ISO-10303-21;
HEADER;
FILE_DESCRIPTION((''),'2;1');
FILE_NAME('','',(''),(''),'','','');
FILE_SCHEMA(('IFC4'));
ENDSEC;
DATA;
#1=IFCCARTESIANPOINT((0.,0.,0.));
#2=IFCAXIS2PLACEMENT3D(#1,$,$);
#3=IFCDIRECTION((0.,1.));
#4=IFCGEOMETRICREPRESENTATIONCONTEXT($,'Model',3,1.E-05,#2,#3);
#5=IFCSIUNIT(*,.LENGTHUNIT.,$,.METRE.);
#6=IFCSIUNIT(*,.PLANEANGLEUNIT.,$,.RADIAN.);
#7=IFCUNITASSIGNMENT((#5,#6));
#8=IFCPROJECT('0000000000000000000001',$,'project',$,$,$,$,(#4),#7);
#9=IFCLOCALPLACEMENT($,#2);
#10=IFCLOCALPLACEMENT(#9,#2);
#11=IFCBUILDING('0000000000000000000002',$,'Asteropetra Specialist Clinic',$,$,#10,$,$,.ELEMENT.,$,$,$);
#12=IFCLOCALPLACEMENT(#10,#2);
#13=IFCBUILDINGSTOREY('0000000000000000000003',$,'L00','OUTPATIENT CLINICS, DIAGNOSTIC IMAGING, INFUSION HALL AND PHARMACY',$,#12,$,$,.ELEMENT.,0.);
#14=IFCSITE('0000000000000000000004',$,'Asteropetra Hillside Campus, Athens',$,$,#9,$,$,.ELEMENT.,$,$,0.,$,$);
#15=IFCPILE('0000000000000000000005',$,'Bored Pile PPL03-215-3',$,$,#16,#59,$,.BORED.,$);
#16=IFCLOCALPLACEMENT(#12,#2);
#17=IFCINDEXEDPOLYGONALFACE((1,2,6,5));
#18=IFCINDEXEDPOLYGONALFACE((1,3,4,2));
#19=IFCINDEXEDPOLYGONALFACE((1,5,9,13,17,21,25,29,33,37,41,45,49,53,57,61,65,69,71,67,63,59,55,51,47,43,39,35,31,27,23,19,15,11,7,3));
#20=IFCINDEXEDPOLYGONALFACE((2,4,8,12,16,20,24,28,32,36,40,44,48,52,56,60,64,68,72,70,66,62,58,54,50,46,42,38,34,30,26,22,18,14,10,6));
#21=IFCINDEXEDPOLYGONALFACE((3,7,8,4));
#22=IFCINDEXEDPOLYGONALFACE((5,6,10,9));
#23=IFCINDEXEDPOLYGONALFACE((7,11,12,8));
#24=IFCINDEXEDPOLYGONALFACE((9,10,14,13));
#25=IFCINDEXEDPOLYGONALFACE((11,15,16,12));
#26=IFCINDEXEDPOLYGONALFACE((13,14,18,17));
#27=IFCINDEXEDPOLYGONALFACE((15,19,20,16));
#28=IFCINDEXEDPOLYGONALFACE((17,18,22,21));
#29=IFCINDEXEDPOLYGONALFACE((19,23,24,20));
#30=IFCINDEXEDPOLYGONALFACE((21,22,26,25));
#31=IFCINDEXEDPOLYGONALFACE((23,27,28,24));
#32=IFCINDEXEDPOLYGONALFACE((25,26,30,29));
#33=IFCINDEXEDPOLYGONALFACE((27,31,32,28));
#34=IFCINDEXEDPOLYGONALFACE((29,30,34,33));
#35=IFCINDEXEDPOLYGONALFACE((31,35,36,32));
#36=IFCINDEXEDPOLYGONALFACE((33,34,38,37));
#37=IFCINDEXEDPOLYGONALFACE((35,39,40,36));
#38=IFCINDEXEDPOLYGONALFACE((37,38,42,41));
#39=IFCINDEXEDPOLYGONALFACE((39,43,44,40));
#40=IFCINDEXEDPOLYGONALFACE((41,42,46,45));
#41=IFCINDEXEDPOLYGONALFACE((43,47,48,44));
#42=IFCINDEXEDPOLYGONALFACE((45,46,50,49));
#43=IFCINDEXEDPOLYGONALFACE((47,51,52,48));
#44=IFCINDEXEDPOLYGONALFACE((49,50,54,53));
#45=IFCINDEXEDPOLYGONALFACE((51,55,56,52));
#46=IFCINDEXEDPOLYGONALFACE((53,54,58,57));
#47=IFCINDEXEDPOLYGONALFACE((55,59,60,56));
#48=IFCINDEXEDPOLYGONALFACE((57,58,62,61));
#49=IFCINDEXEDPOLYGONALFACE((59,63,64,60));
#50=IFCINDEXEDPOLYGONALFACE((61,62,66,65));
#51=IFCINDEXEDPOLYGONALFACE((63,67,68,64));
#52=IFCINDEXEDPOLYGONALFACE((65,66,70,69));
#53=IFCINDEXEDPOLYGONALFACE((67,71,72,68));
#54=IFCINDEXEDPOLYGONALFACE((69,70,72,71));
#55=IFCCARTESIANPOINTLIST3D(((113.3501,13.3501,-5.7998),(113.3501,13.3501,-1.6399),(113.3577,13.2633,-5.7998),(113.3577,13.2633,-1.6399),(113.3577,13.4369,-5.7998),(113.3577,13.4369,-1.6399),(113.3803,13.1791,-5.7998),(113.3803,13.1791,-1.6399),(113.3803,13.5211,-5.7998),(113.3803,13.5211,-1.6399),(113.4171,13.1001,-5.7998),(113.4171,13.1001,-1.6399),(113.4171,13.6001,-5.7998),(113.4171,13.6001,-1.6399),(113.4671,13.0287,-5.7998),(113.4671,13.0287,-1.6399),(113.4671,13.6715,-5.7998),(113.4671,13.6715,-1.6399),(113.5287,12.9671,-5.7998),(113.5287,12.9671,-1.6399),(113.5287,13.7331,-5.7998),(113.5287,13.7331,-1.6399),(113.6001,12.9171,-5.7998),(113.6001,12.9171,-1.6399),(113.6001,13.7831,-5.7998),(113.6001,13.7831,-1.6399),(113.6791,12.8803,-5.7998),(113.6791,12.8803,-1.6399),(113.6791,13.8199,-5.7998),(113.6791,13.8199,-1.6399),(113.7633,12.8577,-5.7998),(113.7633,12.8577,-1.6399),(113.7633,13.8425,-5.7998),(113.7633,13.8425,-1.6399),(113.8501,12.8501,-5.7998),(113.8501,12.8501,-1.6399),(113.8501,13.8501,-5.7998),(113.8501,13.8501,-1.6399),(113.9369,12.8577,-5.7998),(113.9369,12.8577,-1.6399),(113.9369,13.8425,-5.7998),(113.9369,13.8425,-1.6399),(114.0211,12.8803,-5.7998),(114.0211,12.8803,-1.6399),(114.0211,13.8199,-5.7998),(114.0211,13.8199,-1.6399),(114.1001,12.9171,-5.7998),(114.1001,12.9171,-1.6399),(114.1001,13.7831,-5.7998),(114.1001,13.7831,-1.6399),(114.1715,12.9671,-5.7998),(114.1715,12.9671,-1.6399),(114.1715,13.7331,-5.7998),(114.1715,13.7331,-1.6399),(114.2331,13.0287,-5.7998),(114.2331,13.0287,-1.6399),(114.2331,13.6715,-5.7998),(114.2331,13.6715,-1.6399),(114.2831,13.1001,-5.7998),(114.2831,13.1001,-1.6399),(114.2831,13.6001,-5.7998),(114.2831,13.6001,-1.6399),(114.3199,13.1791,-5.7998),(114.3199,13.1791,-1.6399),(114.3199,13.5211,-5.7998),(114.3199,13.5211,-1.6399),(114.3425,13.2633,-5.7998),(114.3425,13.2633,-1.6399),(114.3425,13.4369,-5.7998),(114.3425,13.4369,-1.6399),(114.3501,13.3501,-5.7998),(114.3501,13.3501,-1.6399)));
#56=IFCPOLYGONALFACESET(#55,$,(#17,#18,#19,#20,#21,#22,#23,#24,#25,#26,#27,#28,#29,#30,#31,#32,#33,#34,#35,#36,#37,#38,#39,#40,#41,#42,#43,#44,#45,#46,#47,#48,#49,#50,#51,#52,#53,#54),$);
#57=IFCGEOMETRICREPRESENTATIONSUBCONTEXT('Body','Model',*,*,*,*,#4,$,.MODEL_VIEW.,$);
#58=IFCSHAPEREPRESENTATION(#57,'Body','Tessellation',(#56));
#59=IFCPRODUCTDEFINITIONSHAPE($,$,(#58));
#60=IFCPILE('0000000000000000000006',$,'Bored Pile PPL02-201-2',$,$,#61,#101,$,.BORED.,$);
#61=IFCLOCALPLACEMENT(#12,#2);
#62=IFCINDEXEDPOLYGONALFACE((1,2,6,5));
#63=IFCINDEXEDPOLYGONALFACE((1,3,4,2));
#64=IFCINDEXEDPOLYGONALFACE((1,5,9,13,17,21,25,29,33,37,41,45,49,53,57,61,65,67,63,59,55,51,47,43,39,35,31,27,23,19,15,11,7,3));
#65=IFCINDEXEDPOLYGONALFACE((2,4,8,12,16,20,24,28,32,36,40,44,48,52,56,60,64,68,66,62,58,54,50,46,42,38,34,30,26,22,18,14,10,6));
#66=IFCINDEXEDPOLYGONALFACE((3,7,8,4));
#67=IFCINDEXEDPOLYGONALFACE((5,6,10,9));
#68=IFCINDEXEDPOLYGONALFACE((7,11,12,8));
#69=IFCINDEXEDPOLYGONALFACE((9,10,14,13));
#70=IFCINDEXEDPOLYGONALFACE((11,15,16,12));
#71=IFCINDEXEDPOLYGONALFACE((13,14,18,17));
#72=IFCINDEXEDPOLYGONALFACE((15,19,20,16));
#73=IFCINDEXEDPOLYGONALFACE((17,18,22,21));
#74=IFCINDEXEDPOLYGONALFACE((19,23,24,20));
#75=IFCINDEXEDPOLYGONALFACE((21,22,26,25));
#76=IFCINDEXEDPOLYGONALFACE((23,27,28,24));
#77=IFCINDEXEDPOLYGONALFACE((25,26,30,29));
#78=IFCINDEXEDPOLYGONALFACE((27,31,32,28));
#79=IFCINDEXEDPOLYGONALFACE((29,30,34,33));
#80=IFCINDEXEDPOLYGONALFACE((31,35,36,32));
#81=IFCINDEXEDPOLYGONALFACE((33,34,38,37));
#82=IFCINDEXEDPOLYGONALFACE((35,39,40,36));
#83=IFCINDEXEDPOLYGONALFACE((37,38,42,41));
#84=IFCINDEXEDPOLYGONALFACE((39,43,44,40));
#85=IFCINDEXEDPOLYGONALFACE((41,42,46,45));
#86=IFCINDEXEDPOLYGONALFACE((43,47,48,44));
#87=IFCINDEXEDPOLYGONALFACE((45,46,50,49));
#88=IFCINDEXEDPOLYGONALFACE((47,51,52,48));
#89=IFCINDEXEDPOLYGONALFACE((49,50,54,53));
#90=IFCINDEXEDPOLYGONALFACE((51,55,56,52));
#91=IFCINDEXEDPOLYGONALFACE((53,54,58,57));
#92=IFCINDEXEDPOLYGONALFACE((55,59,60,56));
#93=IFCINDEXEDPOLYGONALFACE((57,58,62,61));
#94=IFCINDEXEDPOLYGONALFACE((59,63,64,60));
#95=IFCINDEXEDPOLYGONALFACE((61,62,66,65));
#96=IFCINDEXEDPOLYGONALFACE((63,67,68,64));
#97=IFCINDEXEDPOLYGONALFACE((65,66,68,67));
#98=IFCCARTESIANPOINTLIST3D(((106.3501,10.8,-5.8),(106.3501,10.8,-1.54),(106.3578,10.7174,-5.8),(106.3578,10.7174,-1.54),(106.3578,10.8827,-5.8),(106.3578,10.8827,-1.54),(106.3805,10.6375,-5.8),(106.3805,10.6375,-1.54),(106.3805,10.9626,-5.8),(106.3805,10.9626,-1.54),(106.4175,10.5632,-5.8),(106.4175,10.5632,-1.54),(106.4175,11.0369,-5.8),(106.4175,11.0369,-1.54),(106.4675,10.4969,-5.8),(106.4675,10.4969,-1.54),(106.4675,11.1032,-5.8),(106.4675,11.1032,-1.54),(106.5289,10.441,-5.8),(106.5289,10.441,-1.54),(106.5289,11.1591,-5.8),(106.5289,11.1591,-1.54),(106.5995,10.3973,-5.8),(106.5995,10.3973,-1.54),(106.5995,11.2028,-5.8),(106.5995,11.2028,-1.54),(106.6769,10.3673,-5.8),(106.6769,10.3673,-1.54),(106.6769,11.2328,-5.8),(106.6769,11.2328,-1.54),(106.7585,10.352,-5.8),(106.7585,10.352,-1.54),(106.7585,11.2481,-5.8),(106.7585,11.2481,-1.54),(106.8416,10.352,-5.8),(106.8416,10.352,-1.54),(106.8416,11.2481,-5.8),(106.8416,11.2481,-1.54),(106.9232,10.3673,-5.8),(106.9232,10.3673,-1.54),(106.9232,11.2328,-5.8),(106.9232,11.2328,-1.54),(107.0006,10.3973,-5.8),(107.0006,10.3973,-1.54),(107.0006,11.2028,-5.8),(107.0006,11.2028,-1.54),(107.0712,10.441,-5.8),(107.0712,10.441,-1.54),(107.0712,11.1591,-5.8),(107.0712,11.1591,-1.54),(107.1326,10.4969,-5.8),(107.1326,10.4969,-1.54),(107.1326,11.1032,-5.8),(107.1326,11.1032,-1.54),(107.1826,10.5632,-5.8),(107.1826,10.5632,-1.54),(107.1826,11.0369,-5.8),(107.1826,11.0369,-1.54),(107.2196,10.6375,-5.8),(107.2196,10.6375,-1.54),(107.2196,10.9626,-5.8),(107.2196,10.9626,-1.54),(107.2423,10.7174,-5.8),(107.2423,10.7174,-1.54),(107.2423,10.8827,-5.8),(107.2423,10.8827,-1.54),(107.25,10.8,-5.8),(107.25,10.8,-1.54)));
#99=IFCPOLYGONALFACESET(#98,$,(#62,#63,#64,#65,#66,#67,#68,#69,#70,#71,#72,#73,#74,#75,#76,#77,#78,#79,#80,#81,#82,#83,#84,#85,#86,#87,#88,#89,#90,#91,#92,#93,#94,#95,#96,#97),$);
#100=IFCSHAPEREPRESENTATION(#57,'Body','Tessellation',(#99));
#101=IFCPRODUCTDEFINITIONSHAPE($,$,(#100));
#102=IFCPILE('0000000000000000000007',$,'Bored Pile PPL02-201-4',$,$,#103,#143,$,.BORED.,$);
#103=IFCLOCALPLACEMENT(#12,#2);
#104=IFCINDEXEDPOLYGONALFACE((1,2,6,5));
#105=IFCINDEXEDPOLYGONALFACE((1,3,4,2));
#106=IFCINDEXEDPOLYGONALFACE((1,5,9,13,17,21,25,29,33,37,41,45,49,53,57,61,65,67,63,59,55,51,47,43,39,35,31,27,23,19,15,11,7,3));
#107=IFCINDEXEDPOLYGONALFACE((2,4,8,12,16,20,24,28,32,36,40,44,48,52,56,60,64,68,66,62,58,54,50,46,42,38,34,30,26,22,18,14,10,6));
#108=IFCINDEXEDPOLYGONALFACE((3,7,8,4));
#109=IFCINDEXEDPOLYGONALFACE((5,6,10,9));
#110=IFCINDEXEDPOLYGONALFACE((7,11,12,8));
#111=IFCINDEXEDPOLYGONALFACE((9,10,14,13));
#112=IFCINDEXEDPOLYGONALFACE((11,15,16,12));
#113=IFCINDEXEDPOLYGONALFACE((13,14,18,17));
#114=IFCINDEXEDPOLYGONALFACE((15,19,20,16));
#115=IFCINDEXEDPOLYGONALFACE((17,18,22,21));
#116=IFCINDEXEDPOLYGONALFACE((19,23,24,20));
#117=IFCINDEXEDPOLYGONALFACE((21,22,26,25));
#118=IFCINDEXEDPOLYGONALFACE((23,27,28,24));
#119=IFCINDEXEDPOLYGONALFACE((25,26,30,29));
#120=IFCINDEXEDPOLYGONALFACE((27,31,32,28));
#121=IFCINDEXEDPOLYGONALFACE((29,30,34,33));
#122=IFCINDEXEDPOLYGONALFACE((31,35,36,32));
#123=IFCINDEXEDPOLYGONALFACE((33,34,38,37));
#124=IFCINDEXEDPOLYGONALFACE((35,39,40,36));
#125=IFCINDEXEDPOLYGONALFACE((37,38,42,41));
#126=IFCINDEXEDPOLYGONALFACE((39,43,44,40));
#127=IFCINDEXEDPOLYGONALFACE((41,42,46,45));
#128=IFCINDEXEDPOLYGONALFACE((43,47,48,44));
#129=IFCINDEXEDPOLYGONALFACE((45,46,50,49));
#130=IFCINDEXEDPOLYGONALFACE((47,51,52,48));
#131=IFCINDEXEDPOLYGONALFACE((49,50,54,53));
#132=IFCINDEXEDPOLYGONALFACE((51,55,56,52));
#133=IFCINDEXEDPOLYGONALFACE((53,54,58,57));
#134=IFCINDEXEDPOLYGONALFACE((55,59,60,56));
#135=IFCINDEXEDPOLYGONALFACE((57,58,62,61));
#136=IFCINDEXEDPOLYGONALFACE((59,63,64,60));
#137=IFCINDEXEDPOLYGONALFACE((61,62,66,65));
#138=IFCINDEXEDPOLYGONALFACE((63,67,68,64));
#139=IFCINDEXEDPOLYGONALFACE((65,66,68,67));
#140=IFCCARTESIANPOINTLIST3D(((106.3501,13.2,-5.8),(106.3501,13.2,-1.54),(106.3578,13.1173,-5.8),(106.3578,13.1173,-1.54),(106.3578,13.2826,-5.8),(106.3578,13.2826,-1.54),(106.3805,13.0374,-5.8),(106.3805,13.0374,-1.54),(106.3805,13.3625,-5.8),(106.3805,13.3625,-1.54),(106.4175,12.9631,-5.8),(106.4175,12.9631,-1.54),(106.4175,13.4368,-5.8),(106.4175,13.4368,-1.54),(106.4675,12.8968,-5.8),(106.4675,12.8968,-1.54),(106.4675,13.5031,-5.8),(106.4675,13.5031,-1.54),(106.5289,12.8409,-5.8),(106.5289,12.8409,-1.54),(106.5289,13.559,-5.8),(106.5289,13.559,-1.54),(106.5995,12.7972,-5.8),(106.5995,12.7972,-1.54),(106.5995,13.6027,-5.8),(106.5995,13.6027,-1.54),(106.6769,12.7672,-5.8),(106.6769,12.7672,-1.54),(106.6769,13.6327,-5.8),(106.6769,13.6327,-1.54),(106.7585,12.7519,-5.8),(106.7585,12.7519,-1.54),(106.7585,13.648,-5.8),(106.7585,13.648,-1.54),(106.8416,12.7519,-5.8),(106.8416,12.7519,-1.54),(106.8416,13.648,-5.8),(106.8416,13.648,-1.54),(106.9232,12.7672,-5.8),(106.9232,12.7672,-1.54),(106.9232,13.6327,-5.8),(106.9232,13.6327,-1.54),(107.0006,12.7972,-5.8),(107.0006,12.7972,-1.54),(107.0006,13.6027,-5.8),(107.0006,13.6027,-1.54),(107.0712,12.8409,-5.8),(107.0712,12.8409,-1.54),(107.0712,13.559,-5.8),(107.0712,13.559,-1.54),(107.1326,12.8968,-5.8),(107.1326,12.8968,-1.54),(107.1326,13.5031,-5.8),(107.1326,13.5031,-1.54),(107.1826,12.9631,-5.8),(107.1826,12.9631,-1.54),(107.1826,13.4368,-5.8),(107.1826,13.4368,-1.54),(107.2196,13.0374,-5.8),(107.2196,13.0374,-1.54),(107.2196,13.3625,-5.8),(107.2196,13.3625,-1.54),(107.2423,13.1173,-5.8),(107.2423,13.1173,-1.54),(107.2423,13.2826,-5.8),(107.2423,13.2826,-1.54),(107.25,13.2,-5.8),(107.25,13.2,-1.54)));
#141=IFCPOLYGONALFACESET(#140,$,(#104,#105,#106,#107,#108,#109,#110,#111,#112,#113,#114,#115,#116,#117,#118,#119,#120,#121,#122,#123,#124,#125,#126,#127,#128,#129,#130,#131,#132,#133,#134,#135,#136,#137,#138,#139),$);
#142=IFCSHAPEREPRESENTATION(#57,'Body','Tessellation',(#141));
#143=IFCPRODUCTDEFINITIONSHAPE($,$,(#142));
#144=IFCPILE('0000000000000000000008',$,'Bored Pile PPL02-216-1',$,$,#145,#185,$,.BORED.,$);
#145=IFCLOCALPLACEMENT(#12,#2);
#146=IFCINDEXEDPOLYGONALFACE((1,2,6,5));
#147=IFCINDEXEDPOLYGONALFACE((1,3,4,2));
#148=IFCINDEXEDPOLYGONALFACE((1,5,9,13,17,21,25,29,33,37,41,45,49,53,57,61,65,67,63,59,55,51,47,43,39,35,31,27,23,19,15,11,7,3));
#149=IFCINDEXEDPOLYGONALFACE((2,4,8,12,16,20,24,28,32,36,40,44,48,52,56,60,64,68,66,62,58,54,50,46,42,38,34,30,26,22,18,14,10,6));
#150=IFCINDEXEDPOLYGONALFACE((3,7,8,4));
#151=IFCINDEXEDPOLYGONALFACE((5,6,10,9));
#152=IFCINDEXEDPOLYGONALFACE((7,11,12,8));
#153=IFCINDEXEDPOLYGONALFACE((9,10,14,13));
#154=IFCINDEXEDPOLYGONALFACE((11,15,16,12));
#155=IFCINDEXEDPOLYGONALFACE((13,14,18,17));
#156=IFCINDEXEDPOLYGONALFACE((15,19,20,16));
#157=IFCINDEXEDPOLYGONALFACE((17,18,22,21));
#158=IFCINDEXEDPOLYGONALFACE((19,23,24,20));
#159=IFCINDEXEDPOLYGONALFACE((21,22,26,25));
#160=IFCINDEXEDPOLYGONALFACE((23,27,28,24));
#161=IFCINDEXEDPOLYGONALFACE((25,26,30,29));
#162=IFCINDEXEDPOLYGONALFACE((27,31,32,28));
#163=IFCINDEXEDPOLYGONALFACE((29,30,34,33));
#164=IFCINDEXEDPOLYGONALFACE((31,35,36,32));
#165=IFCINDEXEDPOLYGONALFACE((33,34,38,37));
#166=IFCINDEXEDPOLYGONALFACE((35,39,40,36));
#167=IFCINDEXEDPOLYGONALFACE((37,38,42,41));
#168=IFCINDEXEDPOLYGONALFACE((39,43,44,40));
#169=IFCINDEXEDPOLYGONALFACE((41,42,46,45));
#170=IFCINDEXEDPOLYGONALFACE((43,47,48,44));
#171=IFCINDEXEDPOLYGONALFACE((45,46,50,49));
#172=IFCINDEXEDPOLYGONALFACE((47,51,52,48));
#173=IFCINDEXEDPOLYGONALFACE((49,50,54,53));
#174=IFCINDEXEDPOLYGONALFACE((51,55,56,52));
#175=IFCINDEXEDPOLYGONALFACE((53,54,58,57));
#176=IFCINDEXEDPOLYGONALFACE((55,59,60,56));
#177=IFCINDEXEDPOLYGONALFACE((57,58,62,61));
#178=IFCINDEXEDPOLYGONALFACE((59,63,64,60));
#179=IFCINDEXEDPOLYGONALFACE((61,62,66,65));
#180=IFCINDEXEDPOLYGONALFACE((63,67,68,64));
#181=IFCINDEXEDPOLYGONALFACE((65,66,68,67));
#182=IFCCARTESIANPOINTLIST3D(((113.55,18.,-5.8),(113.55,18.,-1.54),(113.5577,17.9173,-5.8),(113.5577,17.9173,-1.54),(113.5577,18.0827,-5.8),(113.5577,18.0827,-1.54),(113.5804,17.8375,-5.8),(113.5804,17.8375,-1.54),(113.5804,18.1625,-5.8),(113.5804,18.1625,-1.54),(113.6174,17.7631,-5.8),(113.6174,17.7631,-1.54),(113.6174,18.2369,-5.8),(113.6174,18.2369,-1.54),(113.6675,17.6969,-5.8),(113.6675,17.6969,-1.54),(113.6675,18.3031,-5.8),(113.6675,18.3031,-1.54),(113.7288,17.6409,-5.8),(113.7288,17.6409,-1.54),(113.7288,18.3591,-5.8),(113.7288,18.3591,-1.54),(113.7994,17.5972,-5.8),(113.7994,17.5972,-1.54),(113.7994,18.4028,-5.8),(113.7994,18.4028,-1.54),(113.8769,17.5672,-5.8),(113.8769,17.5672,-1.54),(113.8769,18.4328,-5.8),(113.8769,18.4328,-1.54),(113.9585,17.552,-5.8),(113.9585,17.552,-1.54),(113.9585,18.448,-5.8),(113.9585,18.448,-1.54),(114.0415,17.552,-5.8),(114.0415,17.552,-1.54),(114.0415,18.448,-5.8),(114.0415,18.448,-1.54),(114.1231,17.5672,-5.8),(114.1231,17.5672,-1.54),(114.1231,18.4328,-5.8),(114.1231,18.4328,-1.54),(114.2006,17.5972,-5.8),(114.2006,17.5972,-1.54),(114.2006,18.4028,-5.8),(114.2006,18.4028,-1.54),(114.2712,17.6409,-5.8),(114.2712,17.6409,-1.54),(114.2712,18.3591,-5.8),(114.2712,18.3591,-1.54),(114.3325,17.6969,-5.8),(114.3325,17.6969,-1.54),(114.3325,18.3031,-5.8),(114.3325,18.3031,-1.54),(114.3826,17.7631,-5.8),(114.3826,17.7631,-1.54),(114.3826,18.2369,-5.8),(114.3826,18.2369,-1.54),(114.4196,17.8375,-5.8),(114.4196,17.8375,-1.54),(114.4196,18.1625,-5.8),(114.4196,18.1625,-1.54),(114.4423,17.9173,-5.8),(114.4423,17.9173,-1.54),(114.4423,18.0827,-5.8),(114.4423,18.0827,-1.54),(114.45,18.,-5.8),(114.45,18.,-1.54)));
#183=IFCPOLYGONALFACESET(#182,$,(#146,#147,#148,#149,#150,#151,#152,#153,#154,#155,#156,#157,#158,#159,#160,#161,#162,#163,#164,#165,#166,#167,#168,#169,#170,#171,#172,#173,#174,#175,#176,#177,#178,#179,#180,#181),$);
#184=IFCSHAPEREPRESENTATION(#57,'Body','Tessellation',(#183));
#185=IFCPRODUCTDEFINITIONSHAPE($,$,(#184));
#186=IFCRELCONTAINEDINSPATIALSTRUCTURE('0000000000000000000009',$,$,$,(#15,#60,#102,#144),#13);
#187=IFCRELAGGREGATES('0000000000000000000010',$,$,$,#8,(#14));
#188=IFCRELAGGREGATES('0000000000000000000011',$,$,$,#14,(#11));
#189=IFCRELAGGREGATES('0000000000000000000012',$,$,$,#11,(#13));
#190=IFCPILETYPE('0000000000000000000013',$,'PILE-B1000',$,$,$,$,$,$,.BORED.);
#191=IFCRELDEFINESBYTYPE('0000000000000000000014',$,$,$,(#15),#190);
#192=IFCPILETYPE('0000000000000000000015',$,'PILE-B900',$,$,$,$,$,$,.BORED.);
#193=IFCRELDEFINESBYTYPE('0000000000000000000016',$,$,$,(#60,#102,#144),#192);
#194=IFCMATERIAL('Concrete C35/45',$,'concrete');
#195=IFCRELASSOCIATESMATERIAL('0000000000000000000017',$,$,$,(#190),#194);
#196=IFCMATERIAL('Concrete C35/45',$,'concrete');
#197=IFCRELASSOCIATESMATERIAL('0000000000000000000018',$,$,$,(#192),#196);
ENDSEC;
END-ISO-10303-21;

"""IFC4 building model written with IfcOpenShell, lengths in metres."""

from ifc_helpers import new_model, si_unit, direction, frame, origin, origin_2d, place, context, subcontext, project, spatial, circle, extrude, material, material_profile, profile_set, type_object, element, save


model = new_model("IFC4")

# Units and contexts
model_context = context("Model", 3, precision=1e-05, world=origin(), true_north=direction((0.0, 1.0)))
body_context = subcontext(model_context, "Body", "Model", "MODEL_VIEW")
ifc_project = project(units=[si_unit("LENGTHUNIT", "METRE"), si_unit("PLANEANGLEUNIT", "RADIAN")], contexts=[model_context])

# Site, building, storey
site_placement = place(None, origin())
site = spatial("IfcSite", under=ifc_project, at=site_placement, Name="Asteropetra Hillside Campus, Athens", CompositionType="ELEMENT", RefElevation=0.0)
building_placement = place(site_placement, origin())
building = spatial("IfcBuilding", under=site, at=building_placement, Name="Asteropetra Specialist Clinic", CompositionType="ELEMENT")
storey_placement = place(building_placement, origin())
storey = spatial("IfcBuildingStorey", under=building, at=storey_placement, Name="L00", Description="OUTPATIENT CLINICS, DIAGNOSTIC IMAGING, INFUSION HALL AND PHARMACY", CompositionType="ELEMENT", Elevation=0.0)

# Piles
ifc_material_1 = material(Name="Concrete C35/45", Category="concrete")
ifc_material_profile_1 = material_profile(ifc_material_1, circle(Radius=0.5, at=origin_2d()), Name="PILE D1000")
ifc_profile_set_1 = profile_set([ifc_material_profile_1], Name="Concrete C35/45")
pile_type_1 = type_object("IfcPileType", Name="PILE-B1000", PredefinedType="BORED", material=ifc_profile_set_1)
for number, where, z_axis, x_axis, name in (
    (1, (113.8501, 13.3501, -1.6399), (0.0, 0.0, -1.0), (1.0, 0.0, 0.0), "Bored Pile PPL03-215-3"),
):
    element("IfcPile", number, at=place(storey_placement, frame(where, z_axis=z_axis, x_axis=x_axis)), inside=storey, type_object=pile_type_1, Name=name, PredefinedType="BORED", context=body_context, shape_type="SweptSolid", body=[
        extrude(circle(Radius=0.5, at=origin_2d()), origin(), (0.0, 0.0, 1.0), 4.1599),
    ])
ifc_material_2 = material(Name="Concrete C35/45", Category="concrete")
ifc_material_profile_2 = material_profile(ifc_material_2, circle(Radius=0.45, at=origin_2d()), Name="PILE D900")
ifc_profile_set_2 = profile_set([ifc_material_profile_2], Name="Concrete C35/45")
pile_type_2 = type_object("IfcPileType", Name="PILE-B900", PredefinedType="BORED", material=ifc_profile_set_2)
for number, where, z_axis, x_axis, name in (
    (2, (106.8, 10.8, -1.54), (0.0, 0.0, -1.0), (1.0, 0.0, 0.0), "Bored Pile PPL02-201-2"),
    (3, (106.8, 13.2, -1.54), (0.0, 0.0, -1.0), (1.0, 0.0, 0.0), "Bored Pile PPL02-201-4"),
    (4, (114.0, 18.0, -1.54), (0.0, 0.0, -1.0), (1.0, 0.0, 0.0), "Bored Pile PPL02-216-1"),
):
    element("IfcPile", number, at=place(storey_placement, frame(where, z_axis=z_axis, x_axis=x_axis)), inside=storey, type_object=pile_type_2, Name=name, PredefinedType="BORED", context=body_context, shape_type="SweptSolid", body=[
        extrude(circle(Radius=0.45, at=origin_2d()), origin(), (0.0, 0.0, 1.0), 4.26),
    ])

save(model, "model.ifc")
